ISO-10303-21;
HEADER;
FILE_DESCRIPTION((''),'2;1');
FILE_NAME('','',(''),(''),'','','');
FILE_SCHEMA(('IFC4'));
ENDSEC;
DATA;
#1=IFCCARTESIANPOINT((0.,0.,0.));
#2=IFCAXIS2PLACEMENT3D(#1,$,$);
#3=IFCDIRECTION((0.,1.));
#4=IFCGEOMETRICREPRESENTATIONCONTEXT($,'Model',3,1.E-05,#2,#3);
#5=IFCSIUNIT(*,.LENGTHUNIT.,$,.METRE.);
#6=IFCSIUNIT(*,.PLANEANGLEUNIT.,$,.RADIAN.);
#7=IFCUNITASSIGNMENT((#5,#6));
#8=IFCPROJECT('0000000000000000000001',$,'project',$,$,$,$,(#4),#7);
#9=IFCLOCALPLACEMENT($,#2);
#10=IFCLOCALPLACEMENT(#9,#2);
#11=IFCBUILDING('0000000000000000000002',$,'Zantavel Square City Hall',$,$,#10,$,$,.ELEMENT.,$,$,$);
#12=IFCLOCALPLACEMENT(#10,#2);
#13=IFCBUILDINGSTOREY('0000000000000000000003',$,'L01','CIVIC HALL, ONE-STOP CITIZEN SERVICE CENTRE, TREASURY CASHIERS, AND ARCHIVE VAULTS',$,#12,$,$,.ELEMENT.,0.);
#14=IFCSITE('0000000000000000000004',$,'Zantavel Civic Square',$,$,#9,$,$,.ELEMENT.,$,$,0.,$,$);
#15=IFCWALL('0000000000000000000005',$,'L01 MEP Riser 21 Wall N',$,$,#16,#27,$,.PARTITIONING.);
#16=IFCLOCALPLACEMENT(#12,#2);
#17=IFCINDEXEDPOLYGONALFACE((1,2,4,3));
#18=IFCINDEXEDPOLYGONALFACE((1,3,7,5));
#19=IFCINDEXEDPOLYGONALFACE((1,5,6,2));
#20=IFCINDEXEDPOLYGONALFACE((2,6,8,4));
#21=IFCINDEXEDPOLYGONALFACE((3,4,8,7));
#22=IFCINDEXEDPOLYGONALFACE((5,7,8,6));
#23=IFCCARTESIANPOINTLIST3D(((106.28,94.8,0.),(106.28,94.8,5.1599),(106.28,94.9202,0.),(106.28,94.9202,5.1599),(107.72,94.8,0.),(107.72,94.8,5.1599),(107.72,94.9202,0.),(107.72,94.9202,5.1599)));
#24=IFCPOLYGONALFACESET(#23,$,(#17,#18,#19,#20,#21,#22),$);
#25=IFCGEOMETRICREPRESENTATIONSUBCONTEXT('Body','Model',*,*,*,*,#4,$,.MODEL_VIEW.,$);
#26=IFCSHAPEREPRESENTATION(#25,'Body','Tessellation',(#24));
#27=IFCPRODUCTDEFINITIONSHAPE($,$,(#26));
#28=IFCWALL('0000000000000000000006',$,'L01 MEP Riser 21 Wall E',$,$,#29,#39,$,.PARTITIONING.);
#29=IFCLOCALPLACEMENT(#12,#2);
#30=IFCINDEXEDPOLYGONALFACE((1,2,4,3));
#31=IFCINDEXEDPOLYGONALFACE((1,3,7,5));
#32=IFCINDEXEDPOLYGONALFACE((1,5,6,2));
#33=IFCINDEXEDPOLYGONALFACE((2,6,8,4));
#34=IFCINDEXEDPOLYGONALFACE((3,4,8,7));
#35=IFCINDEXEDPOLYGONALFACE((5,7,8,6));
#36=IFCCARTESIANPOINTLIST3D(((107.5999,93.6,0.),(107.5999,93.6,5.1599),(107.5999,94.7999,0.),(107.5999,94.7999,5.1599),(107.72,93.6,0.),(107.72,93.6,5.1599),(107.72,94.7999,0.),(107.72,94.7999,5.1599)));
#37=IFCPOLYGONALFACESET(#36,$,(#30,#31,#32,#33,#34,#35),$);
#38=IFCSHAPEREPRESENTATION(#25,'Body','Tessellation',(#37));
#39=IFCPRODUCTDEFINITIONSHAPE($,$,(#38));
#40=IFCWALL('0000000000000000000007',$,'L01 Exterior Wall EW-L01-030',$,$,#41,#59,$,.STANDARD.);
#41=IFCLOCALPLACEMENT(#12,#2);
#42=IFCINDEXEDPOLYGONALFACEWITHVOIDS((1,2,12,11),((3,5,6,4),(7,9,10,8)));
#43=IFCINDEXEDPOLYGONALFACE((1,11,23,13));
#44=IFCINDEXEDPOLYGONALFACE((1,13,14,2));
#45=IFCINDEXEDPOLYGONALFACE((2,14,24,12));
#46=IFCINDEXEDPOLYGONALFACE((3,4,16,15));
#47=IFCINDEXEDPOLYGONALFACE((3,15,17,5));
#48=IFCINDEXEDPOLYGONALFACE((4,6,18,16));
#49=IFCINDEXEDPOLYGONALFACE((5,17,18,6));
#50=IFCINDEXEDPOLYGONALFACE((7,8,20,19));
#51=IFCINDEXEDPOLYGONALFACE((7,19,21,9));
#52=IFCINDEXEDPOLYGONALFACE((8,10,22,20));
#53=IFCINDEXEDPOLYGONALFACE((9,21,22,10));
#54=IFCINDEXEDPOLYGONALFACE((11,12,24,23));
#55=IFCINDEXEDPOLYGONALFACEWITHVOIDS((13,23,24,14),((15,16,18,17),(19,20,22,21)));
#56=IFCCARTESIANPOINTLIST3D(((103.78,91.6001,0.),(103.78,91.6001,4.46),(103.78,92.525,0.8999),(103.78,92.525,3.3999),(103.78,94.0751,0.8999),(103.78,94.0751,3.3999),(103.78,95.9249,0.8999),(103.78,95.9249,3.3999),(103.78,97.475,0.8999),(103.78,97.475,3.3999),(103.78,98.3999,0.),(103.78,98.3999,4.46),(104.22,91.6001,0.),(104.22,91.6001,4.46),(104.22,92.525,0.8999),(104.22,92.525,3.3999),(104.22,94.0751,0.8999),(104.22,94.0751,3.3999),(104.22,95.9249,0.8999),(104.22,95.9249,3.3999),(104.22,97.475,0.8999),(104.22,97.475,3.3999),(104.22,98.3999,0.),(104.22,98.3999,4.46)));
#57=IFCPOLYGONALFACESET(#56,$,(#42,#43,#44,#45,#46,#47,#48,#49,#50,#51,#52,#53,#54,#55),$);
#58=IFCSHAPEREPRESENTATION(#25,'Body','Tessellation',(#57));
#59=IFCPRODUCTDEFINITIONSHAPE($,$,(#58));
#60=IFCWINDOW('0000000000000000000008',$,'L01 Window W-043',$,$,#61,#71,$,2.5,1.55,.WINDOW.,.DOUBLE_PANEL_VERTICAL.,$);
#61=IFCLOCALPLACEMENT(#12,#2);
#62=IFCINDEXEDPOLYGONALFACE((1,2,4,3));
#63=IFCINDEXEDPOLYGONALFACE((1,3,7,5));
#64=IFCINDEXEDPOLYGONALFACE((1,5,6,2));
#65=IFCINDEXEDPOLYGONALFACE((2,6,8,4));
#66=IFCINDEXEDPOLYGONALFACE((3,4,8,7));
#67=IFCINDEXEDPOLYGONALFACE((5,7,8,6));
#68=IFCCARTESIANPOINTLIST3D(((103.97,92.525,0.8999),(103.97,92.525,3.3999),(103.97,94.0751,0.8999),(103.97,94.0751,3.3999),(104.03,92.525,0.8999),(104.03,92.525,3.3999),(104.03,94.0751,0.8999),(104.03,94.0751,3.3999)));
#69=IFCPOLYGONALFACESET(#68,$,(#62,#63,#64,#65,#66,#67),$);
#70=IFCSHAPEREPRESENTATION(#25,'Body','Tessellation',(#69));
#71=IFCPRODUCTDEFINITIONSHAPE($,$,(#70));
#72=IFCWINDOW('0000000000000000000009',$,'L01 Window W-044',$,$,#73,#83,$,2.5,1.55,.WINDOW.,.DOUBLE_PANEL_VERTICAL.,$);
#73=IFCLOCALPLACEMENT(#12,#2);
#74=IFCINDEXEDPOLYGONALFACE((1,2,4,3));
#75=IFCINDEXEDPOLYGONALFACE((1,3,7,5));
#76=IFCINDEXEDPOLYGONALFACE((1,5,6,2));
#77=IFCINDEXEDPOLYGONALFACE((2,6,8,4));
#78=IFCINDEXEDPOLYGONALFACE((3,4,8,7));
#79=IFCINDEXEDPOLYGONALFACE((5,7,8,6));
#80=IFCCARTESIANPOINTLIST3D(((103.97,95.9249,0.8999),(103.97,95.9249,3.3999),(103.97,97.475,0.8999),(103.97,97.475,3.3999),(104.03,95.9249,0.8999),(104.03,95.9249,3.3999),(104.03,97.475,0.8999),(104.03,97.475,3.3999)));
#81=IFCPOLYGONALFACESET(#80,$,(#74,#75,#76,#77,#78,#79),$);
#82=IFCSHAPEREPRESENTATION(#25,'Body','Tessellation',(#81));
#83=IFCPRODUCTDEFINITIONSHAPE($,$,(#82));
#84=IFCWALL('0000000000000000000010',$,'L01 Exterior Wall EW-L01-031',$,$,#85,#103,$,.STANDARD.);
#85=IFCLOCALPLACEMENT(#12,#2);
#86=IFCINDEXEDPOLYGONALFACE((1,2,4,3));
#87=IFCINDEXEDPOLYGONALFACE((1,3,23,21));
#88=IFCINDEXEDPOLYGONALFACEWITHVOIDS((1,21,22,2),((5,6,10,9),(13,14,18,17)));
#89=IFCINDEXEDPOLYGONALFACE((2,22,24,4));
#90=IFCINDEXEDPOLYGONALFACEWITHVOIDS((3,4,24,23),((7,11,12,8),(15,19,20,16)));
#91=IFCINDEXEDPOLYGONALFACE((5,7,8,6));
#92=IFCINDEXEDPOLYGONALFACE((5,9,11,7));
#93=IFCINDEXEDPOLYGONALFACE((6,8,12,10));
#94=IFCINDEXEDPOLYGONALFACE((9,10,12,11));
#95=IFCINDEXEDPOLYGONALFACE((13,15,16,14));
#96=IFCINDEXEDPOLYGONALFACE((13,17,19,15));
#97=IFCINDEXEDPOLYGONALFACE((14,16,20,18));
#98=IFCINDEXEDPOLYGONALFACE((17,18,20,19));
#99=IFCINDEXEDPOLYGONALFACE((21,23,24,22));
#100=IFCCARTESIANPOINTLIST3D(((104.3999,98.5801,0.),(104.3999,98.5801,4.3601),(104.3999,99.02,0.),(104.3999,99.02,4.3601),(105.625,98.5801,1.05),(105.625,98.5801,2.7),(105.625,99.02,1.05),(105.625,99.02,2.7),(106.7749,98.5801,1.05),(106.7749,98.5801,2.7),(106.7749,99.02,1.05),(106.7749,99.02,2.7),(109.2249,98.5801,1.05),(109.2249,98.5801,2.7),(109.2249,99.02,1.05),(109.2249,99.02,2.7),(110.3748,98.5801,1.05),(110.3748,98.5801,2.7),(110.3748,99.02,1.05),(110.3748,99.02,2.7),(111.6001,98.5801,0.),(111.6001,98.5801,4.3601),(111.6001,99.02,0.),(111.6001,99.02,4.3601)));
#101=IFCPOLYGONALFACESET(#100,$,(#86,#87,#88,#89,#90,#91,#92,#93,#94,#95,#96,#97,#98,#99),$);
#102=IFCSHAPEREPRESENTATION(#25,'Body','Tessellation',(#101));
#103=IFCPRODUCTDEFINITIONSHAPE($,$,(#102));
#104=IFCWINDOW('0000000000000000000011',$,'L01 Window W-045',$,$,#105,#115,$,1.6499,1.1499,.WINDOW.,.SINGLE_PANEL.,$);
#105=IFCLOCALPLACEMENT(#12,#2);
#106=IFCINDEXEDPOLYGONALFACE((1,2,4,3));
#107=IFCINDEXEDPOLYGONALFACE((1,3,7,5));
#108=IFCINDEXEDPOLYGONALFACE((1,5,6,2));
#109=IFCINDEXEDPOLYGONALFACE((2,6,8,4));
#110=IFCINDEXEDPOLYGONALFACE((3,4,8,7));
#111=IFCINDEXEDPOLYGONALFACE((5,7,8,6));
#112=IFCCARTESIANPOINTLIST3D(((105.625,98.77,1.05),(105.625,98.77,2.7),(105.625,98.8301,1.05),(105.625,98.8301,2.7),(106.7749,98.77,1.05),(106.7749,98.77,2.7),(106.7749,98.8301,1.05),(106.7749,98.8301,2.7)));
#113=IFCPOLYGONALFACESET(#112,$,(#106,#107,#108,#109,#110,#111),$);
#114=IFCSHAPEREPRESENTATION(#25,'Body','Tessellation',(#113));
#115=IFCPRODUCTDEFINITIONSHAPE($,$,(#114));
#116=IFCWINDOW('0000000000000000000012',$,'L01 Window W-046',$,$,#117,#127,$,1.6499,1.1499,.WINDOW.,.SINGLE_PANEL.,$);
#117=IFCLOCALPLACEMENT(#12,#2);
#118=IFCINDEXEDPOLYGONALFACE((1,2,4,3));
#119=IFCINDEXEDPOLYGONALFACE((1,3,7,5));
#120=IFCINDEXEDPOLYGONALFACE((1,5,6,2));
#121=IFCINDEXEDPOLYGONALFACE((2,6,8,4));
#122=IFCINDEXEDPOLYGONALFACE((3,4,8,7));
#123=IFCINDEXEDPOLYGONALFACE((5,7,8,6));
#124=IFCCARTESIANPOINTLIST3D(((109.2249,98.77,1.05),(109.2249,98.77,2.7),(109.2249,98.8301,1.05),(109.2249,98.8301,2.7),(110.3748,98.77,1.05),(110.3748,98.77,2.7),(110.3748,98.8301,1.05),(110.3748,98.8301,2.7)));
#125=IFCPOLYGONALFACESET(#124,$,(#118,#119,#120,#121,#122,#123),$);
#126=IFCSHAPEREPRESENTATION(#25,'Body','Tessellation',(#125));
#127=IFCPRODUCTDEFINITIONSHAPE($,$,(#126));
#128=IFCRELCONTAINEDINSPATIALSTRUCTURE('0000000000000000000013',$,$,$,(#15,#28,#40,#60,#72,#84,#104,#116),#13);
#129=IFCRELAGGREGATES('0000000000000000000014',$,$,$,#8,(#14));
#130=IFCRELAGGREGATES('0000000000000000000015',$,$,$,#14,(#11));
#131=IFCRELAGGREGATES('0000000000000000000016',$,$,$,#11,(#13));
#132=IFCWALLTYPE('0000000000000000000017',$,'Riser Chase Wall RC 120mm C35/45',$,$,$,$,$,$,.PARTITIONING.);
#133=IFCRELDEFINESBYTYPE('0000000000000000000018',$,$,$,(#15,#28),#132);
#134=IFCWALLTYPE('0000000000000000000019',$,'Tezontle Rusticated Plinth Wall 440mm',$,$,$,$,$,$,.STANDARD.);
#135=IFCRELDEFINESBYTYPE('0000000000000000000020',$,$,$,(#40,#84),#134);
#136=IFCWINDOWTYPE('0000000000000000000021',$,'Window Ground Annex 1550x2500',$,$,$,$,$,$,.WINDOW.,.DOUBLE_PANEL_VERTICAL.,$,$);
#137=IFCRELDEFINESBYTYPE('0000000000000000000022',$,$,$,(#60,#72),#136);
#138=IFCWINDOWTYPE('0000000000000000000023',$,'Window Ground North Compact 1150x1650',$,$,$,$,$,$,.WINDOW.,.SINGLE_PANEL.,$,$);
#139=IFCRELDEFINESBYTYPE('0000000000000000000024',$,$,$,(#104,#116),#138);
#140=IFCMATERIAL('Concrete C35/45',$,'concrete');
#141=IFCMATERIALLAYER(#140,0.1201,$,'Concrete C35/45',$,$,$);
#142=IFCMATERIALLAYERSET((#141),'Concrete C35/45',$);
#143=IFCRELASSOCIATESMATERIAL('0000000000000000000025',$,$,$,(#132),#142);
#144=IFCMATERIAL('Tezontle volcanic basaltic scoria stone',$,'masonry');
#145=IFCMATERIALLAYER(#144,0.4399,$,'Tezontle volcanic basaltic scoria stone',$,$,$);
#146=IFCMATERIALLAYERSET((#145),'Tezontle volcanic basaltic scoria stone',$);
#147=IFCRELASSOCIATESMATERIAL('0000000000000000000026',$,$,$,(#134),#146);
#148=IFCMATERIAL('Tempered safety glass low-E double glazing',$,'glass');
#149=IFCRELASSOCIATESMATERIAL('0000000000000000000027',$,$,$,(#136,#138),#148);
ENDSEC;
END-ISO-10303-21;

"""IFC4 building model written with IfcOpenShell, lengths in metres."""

from ifc_helpers import new_model, si_unit, direction, frame, frame_2d, origin, place, context, subcontext, project, spatial, rectangle, extrude, material, layer, layer_set, type_object, element, fill, save


model = new_model("IFC4")

# Units and contexts
model_context = context("Model", 3, precision=1e-05, world=origin(), true_north=direction((0.0, 1.0)))
body_context = subcontext(model_context, "Body", "Model", "MODEL_VIEW")
ifc_project = project(units=[si_unit("LENGTHUNIT", "METRE"), si_unit("PLANEANGLEUNIT", "RADIAN")], contexts=[model_context])

# Site, building, storey
site_placement = place(None, origin())
site = spatial("IfcSite", under=ifc_project, at=site_placement, Name="Zantavel Civic Square", CompositionType="ELEMENT", RefElevation=0.0)
building_placement = place(site_placement, origin())
building = spatial("IfcBuilding", under=site, at=building_placement, Name="Zantavel Square City Hall", CompositionType="ELEMENT")
storey_placement = place(building_placement, origin())
storey = spatial("IfcBuildingStorey", under=building, at=storey_placement, Name="L01", Description="CIVIC HALL, ONE-STOP CITIZEN SERVICE CENTRE, TREASURY CASHIERS, AND ARCHIVE VAULTS", CompositionType="ELEMENT", Elevation=0.0)

# Shared definitions
ifc_material_1 = material(Name="Concrete C35/45", Category="concrete")

# Walls
ifc_layer_1 = layer(ifc_material_1, 0.1201, Name="Concrete C35/45")
ifc_layer_set_1 = layer_set([ifc_layer_1], Name="Concrete C35/45")
wall_type_1 = type_object("IfcWallType", Name="Riser Chase Wall RC 120mm C35/45", PredefinedType="PARTITIONING", material=ifc_layer_set_1)
wall_1_placement = place(storey_placement, frame((106.28, 94.8601, 0.0), z_axis=(0.0, 0.0, 1.0), x_axis=(1.0, 0.0, 0.0)))
element("IfcWall", 1, at=wall_1_placement, inside=storey, type_object=wall_type_1, Name="L01 MEP Riser 21 Wall N", PredefinedType="PARTITIONING", context=body_context, shape_type="SweptSolid", body=[
    extrude(rectangle(XDim=1.4399, YDim=0.1201, at=frame_2d((0.72, 0.0))), origin(), (0.0, 0.0, 1.0), 5.1599),
])
wall_2_placement = place(storey_placement, frame((107.6599, 94.8, 0.0), z_axis=(0.0, 0.0, 1.0), x_axis=(0.0, -1.0, 0.0)))
element("IfcWall", 2, at=wall_2_placement, inside=storey, type_object=wall_type_1, Name="L01 MEP Riser 21 Wall E", PredefinedType="PARTITIONING", context=body_context, shape_type="SweptSolid", body=[
    extrude(rectangle(XDim=1.2, YDim=0.1201, at=frame_2d((0.6001, 0.0))), origin(), (0.0, 0.0, 1.0), 5.1599),
])

# Walls, openings, windows
ifc_material_2 = material(Name="Tezontle volcanic basaltic scoria stone", Category="masonry")
ifc_layer_2 = layer(ifc_material_2, 0.4399, Name="Tezontle volcanic basaltic scoria stone")
ifc_layer_set_2 = layer_set([ifc_layer_2], Name="Tezontle volcanic basaltic scoria stone")
wall_type_2 = type_object("IfcWallType", Name="Tezontle Rusticated Plinth Wall 440mm", PredefinedType="STANDARD", material=ifc_layer_set_2)
wall_3_placement = place(storey_placement, frame((104.0, 91.6001, 0.0), z_axis=(0.0, 0.0, 1.0), x_axis=(0.0, 1.0, 0.0)))
wall_3 = element("IfcWall", 3, at=wall_3_placement, inside=storey, type_object=wall_type_2, Name="L01 Exterior Wall EW-L01-030", PredefinedType="STANDARD", context=body_context, shape_type="SweptSolid", body=[
    extrude(rectangle(XDim=6.7998, YDim=0.4399, at=frame_2d((3.3999, 0.0))), origin(), (0.0, 0.0, 1.0), 4.46),
])
opening_1_placement = place(wall_3_placement, frame((0.925, 0.0, 0.8999)))
opening_1 = element("IfcOpeningElement", 4, at=opening_1_placement, cuts=wall_3, PredefinedType="OPENING", context=body_context, shape_type="SweptSolid", body=[
    extrude(rectangle(XDim=1.55, YDim=2.5, at=frame_2d((0.7749, 1.25))), frame((0.0, 0.23, 0.0), z_axis=(0.0, -1.0, 0.0), x_axis=(1.0, 0.0, 0.0)), (0.0, 0.0, 1.0), 0.46),
])
opening_2_placement = place(wall_3_placement, frame((4.325, 0.0, 0.8999)))
opening_2 = element("IfcOpeningElement", 5, at=opening_2_placement, cuts=wall_3, PredefinedType="OPENING", context=body_context, shape_type="SweptSolid", body=[
    extrude(rectangle(XDim=1.55, YDim=2.5, at=frame_2d((0.7749, 1.25))), frame((0.0, 0.23, 0.0), z_axis=(0.0, -1.0, 0.0), x_axis=(1.0, 0.0, 0.0)), (0.0, 0.0, 1.0), 0.46),
])
ifc_material_3 = material(Name="Tempered safety glass low-E double glazing", Category="glass")
window_type_1 = type_object("IfcWindowType", Name="Window Ground Annex 1550x2500", PartitioningType="DOUBLE_PANEL_VERTICAL", PredefinedType="WINDOW", material=ifc_material_3)
window_1_placement = place(opening_1_placement, origin())
window_1 = element("IfcWindow", 6, at=window_1_placement, inside=storey, type_object=window_type_1, Name="L01 Window W-043", OverallHeight=2.5, OverallWidth=1.55, PartitioningType="DOUBLE_PANEL_VERTICAL", PredefinedType="WINDOW", context=body_context, shape_type="SweptSolid", body=[
    extrude(rectangle(XDim=1.55, YDim=2.5, at=frame_2d((0.7749, 1.25))), frame((0.0, 0.03, 0.0), z_axis=(0.0, -1.0, 0.0), x_axis=(1.0, 0.0, 0.0)), (0.0, 0.0, 1.0), 0.0601),
])
fill(opening_1, window_1)
window_2_placement = place(opening_2_placement, origin())
window_2 = element("IfcWindow", 7, at=window_2_placement, inside=storey, type_object=window_type_1, Name="L01 Window W-044", OverallHeight=2.5, OverallWidth=1.55, PartitioningType="DOUBLE_PANEL_VERTICAL", PredefinedType="WINDOW", context=body_context, shape_type="SweptSolid", body=[
    extrude(rectangle(XDim=1.55, YDim=2.5, at=frame_2d((0.7749, 1.25))), frame((0.0, 0.03, 0.0), z_axis=(0.0, -1.0, 0.0), x_axis=(1.0, 0.0, 0.0)), (0.0, 0.0, 1.0), 0.0601),
])
fill(opening_2, window_2)
wall_4_placement = place(storey_placement, frame((104.3999, 98.8, 0.0), z_axis=(0.0, 0.0, 1.0), x_axis=(1.0, 0.0, 0.0)))
wall_4 = element("IfcWall", 8, at=wall_4_placement, inside=storey, type_object=wall_type_2, Name="L01 Exterior Wall EW-L01-031", PredefinedType="STANDARD", context=body_context, shape_type="SweptSolid", body=[
    extrude(rectangle(XDim=7.2002, YDim=0.4399, at=frame_2d((3.6001, 0.0))), origin(), (0.0, 0.0, 1.0), 4.3601),
])
opening_3_placement = place(wall_4_placement, frame((1.2251, 0.0, 1.05)))
opening_3 = element("IfcOpeningElement", 9, at=opening_3_placement, cuts=wall_4, PredefinedType="OPENING", context=body_context, shape_type="SweptSolid", body=[
    extrude(rectangle(XDim=1.1499, YDim=1.6499, at=frame_2d((0.575, 0.825))), frame((0.0, 0.23, 0.0), z_axis=(0.0, -1.0, 0.0), x_axis=(1.0, 0.0, 0.0)), (0.0, 0.0, 1.0), 0.46),
])
opening_4_placement = place(wall_4_placement, frame((4.825, 0.0, 1.05)))
opening_4 = element("IfcOpeningElement", 10, at=opening_4_placement, cuts=wall_4, PredefinedType="OPENING", context=body_context, shape_type="SweptSolid", body=[
    extrude(rectangle(XDim=1.1499, YDim=1.6499, at=frame_2d((0.575, 0.825))), frame((0.0, 0.23, 0.0), z_axis=(0.0, -1.0, 0.0), x_axis=(1.0, 0.0, 0.0)), (0.0, 0.0, 1.0), 0.46),
])
window_type_2 = type_object("IfcWindowType", Name="Window Ground North Compact 1150x1650", PartitioningType="SINGLE_PANEL", PredefinedType="WINDOW", material=ifc_material_3)
window_3_placement = place(opening_3_placement, origin())
window_3 = element("IfcWindow", 11, at=window_3_placement, inside=storey, type_object=window_type_2, Name="L01 Window W-045", OverallHeight=1.6499, OverallWidth=1.1499, PartitioningType="SINGLE_PANEL", PredefinedType="WINDOW", context=body_context, shape_type="SweptSolid", body=[
    extrude(rectangle(XDim=1.1499, YDim=1.6499, at=frame_2d((0.575, 0.825))), frame((0.0, 0.03, 0.0), z_axis=(0.0, -1.0, 0.0), x_axis=(1.0, 0.0, 0.0)), (0.0, 0.0, 1.0), 0.0601),
])
fill(opening_3, window_3)
window_4_placement = place(opening_4_placement, origin())
window_4 = element("IfcWindow", 12, at=window_4_placement, inside=storey, type_object=window_type_2, Name="L01 Window W-046", OverallHeight=1.6499, OverallWidth=1.1499, PartitioningType="SINGLE_PANEL", PredefinedType="WINDOW", context=body_context, shape_type="SweptSolid", body=[
    extrude(rectangle(XDim=1.1499, YDim=1.6499, at=frame_2d((0.575, 0.825))), frame((0.0, 0.03, 0.0), z_axis=(0.0, -1.0, 0.0), x_axis=(1.0, 0.0, 0.0)), (0.0, 0.0, 1.0), 0.0601),
])
fill(opening_4, window_4)

save(model, "model.ifc")
